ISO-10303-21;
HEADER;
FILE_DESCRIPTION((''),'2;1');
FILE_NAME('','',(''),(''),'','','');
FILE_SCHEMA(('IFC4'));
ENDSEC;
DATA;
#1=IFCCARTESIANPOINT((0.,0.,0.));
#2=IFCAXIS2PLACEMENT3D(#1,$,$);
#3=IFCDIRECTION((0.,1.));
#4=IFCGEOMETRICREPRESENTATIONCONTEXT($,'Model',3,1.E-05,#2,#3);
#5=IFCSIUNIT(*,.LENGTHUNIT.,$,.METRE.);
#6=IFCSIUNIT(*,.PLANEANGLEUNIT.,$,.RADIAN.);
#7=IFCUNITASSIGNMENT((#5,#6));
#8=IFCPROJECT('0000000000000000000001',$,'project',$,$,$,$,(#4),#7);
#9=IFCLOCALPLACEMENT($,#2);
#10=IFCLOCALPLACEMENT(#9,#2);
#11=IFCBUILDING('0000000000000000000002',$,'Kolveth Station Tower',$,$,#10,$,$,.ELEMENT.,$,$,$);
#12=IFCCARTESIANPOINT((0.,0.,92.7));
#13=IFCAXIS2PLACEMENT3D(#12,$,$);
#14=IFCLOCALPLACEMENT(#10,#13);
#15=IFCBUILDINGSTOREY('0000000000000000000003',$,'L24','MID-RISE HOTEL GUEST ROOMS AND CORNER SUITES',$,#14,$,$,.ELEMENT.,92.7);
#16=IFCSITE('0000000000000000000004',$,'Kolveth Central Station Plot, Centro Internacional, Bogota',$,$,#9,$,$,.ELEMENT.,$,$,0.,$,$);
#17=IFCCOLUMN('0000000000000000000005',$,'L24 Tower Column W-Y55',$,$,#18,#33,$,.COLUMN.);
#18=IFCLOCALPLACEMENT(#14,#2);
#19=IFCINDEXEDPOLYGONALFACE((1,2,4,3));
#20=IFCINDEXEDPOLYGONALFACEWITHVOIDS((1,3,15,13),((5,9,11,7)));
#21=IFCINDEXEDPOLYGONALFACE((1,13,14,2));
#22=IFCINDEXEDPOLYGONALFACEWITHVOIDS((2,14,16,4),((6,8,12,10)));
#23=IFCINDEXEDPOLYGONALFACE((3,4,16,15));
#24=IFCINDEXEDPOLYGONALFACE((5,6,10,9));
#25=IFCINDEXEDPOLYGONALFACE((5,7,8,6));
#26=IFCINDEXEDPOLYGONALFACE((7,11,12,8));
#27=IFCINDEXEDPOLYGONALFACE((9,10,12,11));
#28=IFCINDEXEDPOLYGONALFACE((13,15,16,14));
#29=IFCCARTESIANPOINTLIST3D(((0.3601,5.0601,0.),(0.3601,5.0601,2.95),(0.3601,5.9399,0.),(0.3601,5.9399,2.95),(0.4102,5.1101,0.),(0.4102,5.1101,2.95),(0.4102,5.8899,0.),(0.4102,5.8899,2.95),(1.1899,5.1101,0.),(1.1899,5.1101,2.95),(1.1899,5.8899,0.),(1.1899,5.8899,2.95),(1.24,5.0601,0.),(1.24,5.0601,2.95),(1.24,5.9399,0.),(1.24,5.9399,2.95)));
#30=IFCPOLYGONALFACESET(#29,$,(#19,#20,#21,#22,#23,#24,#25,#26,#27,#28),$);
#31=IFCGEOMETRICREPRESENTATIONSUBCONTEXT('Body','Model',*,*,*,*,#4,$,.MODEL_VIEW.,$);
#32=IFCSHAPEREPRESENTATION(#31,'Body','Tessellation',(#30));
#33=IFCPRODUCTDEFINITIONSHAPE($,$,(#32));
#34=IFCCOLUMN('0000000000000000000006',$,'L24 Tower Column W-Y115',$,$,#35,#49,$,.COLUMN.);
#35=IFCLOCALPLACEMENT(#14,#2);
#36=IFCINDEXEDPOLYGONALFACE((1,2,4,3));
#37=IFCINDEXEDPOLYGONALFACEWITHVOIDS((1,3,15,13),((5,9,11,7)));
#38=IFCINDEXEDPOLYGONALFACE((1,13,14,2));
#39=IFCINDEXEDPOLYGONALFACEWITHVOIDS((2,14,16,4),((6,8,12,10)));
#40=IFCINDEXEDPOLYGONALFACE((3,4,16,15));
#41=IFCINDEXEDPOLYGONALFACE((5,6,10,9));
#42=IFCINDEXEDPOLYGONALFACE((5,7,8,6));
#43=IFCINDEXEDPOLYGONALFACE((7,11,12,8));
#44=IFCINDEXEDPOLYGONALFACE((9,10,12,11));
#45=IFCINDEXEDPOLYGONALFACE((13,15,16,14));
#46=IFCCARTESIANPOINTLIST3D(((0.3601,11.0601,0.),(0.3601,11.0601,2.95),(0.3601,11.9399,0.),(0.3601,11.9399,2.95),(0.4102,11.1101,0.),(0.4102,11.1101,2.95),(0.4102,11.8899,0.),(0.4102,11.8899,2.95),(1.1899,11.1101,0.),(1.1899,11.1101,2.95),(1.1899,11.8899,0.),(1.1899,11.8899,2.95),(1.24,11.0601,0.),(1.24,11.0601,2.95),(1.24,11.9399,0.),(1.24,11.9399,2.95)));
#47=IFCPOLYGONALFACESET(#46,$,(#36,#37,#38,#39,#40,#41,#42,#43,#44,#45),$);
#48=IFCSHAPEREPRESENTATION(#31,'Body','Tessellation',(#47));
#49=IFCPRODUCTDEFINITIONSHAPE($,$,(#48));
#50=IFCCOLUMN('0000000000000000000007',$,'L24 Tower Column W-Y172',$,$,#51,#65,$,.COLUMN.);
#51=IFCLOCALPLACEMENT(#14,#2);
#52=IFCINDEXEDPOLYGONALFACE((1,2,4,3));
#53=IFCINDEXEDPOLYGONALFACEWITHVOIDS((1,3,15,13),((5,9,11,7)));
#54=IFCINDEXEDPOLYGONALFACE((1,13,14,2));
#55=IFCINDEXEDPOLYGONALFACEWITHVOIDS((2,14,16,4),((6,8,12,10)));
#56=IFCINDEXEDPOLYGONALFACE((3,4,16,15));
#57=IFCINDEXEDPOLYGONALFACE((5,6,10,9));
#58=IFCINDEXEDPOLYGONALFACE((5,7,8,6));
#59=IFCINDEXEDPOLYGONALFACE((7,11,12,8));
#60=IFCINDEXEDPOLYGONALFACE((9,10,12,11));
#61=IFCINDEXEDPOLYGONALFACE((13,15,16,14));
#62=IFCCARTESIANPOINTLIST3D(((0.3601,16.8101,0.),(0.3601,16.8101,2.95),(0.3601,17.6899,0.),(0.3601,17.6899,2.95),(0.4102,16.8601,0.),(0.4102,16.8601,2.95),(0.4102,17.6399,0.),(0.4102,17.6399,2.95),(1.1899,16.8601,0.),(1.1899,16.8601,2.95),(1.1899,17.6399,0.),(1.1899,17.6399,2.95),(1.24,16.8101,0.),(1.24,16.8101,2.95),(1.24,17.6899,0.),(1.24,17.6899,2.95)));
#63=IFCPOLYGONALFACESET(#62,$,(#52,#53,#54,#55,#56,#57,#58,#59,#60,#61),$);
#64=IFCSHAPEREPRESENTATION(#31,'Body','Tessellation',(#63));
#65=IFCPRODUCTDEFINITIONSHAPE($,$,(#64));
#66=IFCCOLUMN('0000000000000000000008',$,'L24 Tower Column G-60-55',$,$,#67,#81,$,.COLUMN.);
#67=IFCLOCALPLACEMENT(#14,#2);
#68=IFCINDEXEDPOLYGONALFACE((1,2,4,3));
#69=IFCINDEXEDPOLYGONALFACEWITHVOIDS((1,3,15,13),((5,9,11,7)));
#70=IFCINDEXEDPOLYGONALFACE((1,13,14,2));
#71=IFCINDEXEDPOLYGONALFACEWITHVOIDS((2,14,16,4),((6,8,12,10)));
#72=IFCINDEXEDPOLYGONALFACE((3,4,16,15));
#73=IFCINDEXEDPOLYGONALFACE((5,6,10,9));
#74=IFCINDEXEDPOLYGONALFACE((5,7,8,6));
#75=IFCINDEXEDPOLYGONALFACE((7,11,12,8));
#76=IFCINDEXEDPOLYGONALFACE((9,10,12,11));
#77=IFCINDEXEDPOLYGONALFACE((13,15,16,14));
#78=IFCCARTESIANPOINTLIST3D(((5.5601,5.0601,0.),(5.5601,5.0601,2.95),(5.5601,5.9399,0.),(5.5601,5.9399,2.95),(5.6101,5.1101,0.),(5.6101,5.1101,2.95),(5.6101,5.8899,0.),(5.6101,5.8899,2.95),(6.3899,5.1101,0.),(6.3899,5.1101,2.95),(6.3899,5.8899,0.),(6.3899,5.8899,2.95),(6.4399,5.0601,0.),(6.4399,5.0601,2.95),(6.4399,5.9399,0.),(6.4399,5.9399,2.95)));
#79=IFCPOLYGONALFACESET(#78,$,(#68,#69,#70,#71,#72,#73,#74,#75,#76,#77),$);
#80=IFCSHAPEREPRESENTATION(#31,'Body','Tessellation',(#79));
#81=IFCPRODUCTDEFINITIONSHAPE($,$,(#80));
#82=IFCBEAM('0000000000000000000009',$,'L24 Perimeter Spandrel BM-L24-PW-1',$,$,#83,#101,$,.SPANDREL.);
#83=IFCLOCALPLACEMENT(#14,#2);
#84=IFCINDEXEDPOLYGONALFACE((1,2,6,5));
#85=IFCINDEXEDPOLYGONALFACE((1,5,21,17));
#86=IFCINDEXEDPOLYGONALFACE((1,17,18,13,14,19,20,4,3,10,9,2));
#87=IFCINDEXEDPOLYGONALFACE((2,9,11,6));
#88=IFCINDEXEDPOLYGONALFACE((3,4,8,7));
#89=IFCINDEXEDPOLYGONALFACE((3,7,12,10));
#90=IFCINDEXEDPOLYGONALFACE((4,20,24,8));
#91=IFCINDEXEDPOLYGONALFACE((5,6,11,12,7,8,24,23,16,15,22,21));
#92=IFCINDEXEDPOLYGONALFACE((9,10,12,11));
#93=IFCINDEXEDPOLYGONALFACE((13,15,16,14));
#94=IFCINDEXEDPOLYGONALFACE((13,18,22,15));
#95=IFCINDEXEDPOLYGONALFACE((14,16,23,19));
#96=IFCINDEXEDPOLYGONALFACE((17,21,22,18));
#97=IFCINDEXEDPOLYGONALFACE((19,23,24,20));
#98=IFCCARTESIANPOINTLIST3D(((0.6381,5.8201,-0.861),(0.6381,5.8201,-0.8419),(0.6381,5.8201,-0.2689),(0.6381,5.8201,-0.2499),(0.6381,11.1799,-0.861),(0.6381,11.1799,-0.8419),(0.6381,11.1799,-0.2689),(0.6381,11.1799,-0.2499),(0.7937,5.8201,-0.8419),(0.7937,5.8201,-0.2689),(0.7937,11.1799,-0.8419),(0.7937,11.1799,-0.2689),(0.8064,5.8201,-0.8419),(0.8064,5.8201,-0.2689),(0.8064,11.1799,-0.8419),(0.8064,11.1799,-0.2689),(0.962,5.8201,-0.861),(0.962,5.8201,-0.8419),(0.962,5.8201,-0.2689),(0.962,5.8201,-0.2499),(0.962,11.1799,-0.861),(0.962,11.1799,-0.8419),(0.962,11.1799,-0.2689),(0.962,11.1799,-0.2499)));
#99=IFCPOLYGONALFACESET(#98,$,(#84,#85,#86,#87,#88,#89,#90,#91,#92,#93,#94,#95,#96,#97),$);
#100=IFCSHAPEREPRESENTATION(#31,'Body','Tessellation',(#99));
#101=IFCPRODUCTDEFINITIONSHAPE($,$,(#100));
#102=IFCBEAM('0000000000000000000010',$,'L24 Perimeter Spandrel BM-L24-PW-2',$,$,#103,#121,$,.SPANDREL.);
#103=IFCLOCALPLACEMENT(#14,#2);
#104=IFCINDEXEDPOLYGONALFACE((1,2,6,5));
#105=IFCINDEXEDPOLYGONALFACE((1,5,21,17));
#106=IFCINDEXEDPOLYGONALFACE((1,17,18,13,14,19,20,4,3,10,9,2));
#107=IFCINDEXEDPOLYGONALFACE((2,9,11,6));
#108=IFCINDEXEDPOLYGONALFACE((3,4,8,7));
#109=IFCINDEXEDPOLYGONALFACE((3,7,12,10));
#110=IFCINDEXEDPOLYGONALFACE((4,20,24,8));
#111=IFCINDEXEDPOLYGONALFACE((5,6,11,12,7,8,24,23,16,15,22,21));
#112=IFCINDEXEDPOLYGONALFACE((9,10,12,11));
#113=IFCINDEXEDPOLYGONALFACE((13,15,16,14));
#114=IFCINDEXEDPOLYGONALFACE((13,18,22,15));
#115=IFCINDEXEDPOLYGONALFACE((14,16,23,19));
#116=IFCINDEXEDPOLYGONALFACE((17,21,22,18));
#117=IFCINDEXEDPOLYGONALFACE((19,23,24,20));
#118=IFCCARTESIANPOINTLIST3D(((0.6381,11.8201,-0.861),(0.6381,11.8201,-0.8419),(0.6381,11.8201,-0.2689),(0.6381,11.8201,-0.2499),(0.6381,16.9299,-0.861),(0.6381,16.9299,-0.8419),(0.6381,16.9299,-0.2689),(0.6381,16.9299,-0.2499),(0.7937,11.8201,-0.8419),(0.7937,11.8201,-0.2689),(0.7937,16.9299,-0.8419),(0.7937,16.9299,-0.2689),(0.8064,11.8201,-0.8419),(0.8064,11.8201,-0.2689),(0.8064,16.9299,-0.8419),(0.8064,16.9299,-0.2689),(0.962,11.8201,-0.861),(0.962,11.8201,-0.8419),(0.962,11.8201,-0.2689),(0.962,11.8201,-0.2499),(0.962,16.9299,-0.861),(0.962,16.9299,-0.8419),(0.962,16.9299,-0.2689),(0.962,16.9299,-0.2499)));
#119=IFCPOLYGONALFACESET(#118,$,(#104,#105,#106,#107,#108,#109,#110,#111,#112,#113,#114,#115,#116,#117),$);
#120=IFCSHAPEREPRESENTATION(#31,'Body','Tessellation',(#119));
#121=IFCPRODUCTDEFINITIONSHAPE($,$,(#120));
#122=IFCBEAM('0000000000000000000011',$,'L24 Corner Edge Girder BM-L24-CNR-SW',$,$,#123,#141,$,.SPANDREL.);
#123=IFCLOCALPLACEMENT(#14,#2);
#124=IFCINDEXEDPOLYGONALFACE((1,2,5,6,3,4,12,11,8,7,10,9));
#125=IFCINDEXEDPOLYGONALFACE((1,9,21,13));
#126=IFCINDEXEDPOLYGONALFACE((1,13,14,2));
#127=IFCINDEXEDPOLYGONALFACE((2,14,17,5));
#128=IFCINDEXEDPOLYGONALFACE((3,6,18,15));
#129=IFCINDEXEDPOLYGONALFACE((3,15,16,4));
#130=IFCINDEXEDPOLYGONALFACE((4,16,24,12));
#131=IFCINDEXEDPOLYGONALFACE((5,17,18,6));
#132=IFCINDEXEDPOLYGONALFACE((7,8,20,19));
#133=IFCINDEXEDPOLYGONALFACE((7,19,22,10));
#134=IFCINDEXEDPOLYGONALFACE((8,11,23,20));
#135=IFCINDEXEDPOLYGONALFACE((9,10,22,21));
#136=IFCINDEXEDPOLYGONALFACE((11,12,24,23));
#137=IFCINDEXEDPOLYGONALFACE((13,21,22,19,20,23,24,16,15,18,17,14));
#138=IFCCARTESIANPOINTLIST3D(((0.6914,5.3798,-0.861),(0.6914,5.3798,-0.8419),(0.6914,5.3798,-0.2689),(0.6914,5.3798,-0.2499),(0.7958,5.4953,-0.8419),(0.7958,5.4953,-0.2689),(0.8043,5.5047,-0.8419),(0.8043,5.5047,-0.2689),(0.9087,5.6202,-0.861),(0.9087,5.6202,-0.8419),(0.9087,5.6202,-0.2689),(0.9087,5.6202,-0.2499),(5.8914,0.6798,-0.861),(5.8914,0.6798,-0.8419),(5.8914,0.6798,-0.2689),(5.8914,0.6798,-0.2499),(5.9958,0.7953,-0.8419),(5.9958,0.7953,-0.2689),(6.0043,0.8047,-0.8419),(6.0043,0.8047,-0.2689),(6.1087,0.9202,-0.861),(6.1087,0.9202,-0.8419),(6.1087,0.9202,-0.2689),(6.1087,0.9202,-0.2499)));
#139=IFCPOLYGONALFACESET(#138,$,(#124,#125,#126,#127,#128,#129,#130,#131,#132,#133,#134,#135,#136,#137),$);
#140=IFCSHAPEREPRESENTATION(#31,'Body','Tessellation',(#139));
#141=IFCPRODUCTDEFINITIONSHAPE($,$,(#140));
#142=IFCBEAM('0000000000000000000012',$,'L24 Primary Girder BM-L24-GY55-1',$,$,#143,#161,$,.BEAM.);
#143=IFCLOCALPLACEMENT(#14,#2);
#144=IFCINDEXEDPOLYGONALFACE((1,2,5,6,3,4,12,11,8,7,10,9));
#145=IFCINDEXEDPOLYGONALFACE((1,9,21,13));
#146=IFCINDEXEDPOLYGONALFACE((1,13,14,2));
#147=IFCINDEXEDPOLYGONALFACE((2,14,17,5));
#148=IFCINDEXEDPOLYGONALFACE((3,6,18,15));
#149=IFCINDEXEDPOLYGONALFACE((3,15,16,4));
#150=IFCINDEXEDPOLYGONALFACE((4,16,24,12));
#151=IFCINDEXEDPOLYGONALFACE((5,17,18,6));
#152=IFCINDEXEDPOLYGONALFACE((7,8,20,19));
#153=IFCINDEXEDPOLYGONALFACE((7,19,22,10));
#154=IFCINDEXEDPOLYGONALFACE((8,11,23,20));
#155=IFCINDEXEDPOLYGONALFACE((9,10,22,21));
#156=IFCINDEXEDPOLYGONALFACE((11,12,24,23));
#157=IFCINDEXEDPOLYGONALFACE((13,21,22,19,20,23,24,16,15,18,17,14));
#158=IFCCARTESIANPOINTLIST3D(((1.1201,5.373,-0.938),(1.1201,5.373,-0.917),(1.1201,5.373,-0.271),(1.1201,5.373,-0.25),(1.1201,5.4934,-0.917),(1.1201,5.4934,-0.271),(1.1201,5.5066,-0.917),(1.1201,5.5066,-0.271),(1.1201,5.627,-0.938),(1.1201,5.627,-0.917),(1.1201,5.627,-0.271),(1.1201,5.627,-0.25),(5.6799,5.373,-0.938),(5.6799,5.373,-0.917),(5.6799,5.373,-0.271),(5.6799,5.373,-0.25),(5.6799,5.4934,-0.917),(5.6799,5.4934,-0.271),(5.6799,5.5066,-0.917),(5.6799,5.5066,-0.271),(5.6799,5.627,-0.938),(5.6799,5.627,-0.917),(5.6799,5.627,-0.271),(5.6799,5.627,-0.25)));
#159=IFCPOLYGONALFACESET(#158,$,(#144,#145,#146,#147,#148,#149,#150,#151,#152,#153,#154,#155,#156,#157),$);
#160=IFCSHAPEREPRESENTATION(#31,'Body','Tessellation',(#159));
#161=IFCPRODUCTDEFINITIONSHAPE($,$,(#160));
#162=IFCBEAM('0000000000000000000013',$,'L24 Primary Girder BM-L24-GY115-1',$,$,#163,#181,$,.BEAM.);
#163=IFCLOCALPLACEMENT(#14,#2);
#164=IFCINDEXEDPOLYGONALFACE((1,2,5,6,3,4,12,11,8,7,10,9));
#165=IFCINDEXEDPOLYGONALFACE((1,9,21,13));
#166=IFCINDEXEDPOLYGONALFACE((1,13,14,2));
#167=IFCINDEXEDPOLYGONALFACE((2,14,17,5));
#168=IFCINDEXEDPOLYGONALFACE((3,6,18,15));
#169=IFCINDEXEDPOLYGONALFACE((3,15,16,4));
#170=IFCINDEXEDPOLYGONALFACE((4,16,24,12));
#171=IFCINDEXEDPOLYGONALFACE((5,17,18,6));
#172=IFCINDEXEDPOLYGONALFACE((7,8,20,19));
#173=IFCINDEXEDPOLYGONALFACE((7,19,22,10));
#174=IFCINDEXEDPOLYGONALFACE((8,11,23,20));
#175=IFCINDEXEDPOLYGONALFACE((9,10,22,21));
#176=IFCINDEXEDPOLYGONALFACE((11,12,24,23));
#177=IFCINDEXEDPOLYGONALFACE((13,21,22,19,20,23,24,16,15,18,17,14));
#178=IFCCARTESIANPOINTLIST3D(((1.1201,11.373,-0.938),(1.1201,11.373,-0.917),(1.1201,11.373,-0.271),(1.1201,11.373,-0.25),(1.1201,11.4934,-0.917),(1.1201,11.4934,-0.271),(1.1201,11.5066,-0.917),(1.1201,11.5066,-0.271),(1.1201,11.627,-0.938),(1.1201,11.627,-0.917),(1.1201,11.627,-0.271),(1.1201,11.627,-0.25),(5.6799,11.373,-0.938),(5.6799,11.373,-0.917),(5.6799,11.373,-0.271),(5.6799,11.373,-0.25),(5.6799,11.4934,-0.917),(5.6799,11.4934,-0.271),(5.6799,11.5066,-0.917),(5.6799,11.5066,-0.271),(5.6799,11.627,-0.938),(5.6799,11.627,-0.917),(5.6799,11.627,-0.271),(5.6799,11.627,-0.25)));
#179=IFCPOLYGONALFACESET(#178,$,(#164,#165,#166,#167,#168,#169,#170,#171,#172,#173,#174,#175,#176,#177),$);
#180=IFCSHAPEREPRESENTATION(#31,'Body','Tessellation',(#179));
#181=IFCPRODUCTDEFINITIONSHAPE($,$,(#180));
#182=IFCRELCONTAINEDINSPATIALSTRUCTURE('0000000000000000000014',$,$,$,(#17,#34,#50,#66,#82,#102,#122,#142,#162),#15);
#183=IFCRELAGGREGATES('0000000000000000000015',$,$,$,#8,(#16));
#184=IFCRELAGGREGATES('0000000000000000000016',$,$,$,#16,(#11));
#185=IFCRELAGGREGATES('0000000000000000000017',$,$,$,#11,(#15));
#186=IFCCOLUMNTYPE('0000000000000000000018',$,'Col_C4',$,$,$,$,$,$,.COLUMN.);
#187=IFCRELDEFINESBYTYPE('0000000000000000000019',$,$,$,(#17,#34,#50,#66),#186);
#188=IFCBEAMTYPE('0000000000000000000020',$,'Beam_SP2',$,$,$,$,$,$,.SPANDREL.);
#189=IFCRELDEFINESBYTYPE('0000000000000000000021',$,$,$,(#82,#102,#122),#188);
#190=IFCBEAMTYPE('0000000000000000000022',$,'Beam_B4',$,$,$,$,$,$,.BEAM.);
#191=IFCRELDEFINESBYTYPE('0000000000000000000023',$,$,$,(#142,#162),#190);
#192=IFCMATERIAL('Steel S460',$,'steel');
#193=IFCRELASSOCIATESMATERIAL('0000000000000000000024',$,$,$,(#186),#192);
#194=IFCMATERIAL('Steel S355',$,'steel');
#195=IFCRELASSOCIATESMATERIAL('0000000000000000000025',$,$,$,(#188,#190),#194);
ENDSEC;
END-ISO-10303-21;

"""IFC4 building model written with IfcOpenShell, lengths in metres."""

from ifc_helpers import new_model, si_unit, direction, frame, origin, origin_2d, place, context, subcontext, project, spatial, hollow_rectangle, i_section, extrude, source, transform, mapped, material, material_profile, profile_set, type_object, element, save


model = new_model("IFC4")

# Units and contexts
model_context = context("Model", 3, precision=1e-05, world=origin(), true_north=direction((0.0, 1.0)))
body_context = subcontext(model_context, "Body", "Model", "MODEL_VIEW")
ifc_project = project(units=[si_unit("LENGTHUNIT", "METRE"), si_unit("PLANEANGLEUNIT", "RADIAN")], contexts=[model_context])

# Site, building, storey
site_placement = place(None, origin())
site = spatial("IfcSite", under=ifc_project, at=site_placement, Name="Kolveth Central Station Plot, Centro Internacional, Bogota", CompositionType="ELEMENT", RefElevation=0.0)
building_placement = place(site_placement, origin())
building = spatial("IfcBuilding", under=site, at=building_placement, Name="Kolveth Station Tower", CompositionType="ELEMENT")
storey_placement = place(building_placement, frame((0.0, 0.0, 92.7)))
storey = spatial("IfcBuildingStorey", under=building, at=storey_placement, Name="L24", Description="MID-RISE HOTEL GUEST ROOMS AND CORNER SUITES", CompositionType="ELEMENT", Elevation=92.7)

# Columns
ifc_material_1 = material(Name="Steel S460", Category="steel")
ifc_material_profile_1 = material_profile(ifc_material_1, hollow_rectangle(XDim=0.8799, YDim=0.8799, WallThickness=0.05, at=origin_2d()), Name="BOX880x880x50")
ifc_profile_set_1 = profile_set([ifc_material_profile_1], Name="Steel S460")
column_type = type_object("IfcColumnType", Name="Col_C4", PredefinedType="COLUMN", material=ifc_profile_set_1)
shared_shape_1 = source(origin(), body_context, "Body", "SweptSolid", [
    extrude(hollow_rectangle(XDim=0.8799, YDim=0.8799, WallThickness=0.05, at=origin_2d()), origin(), (0.0, 0.0, 1.0), 2.95),
])
for number, where, z_axis, x_axis, name in (
    (1, (0.8, 5.5, 0.0), (0.0, 0.0, 1.0), (1.0, 0.0, 0.0), "L24 Tower Column W-Y55"),
    (2, (0.8, 11.5, 0.0), (0.0, 0.0, 1.0), (1.0, 0.0, 0.0), "L24 Tower Column W-Y115"),
    (3, (0.8, 17.25, 0.0), (0.0, 0.0, 1.0), (1.0, 0.0, 0.0), "L24 Tower Column W-Y172"),
    (4, (6.0, 5.5, 0.0), (0.0, 0.0, 1.0), (1.0, 0.0, 0.0), "L24 Tower Column G-60-55"),
):
    element("IfcColumn", number, at=place(storey_placement, frame(where, z_axis=z_axis, x_axis=x_axis)), inside=storey, type_object=column_type, Name=name, PredefinedType="COLUMN", context=body_context, shape_type="MappedRepresentation", body=[
        mapped(shared_shape_1, transform((0.0, 0.0, 0.0), x_axis=(1.0, 0.0, 0.0), y_axis=(0.0, 1.0, 0.0), z_axis=(0.0, 0.0, 1.0), scale=1.0)),
    ])

# Beams
ifc_material_2 = material(Name="Steel S355", Category="steel")
ifc_material_profile_2 = material_profile(ifc_material_2, i_section(OverallWidth=0.324, OverallDepth=0.6111, WebThickness=0.0127, FlangeThickness=0.019, at=origin_2d()), Name="W610x155")
ifc_profile_set_2 = profile_set([ifc_material_profile_2], Name="Steel S355")
beam_type_1 = type_object("IfcBeamType", Name="Beam_SP2", PredefinedType="SPANDREL", material=ifc_profile_set_2)
shared_shape_2 = source(origin(), body_context, "Body", "SweptSolid", [
    extrude(i_section(OverallWidth=0.324, OverallDepth=0.6111, WebThickness=0.0127, FlangeThickness=0.019, at=origin_2d()), origin(), (0.0, 0.0, 1.0), 5.3599),
])
beam_1_placement = place(storey_placement, frame((0.8, 5.8201, -0.5554), z_axis=(0.0, 1.0, 0.0), x_axis=(-1.0, 0.0, 0.0)))
element("IfcBeam", 5, at=beam_1_placement, inside=storey, type_object=beam_type_1, Name="L24 Perimeter Spandrel BM-L24-PW-1", PredefinedType="SPANDREL", context=body_context, shape_type="MappedRepresentation", body=[
    mapped(shared_shape_2, transform((0.0, 0.0, 0.0), x_axis=(1.0, 0.0, 0.0), y_axis=(0.0, 1.0, 0.0), z_axis=(0.0, 0.0, 1.0), scale=1.0)),
])
shared_shape_3 = source(origin(), body_context, "Body", "SweptSolid", [
    extrude(i_section(OverallWidth=0.324, OverallDepth=0.6111, WebThickness=0.0127, FlangeThickness=0.019, at=origin_2d()), origin(), (0.0, 0.0, 1.0), 5.1099),
])
beam_2_placement = place(storey_placement, frame((0.8, 11.8201, -0.5554), z_axis=(0.0, 1.0, 0.0), x_axis=(-1.0, 0.0, 0.0)))
element("IfcBeam", 6, at=beam_2_placement, inside=storey, type_object=beam_type_1, Name="L24 Perimeter Spandrel BM-L24-PW-2", PredefinedType="SPANDREL", context=body_context, shape_type="MappedRepresentation", body=[
    mapped(shared_shape_3, transform((0.0, 0.0, 0.0), x_axis=(1.0, 0.0, 0.0), y_axis=(0.0, 1.0, 0.0), z_axis=(0.0, 0.0, 1.0), scale=1.0)),
])
shared_shape_4 = source(origin(), body_context, "Body", "SweptSolid", [
    extrude(i_section(OverallWidth=0.324, OverallDepth=0.6111, WebThickness=0.0127, FlangeThickness=0.019, at=origin_2d()), origin(), (0.0, 0.0, 1.0), 7.0093),
])
beam_3_placement = place(storey_placement, frame((0.8, 5.5, -0.5554), z_axis=(0.741874, -0.670539, 0.0), x_axis=(0.670539, 0.741874, 0.0)))
element("IfcBeam", 7, at=beam_3_placement, inside=storey, type_object=beam_type_1, Name="L24 Corner Edge Girder BM-L24-CNR-SW", PredefinedType="SPANDREL", context=body_context, shape_type="MappedRepresentation", body=[
    mapped(shared_shape_4, transform((0.0, 0.0, 0.0), x_axis=(1.0, 0.0, 0.0), y_axis=(0.0, 1.0, 0.0), z_axis=(0.0, 0.0, 1.0), scale=1.0)),
])
ifc_material_profile_3 = material_profile(ifc_material_2, i_section(OverallWidth=0.2539, OverallDepth=0.688, WebThickness=0.0132, FlangeThickness=0.021, at=origin_2d()), Name="W690x152")
ifc_profile_set_3 = profile_set([ifc_material_profile_3], Name="Steel S355")
beam_type_2 = type_object("IfcBeamType", Name="Beam_B4", PredefinedType="BEAM", material=ifc_profile_set_3)
shared_shape_5 = source(origin(), body_context, "Body", "SweptSolid", [
    extrude(i_section(OverallWidth=0.2539, OverallDepth=0.688, WebThickness=0.0132, FlangeThickness=0.021, at=origin_2d()), origin(), (0.0, 0.0, 1.0), 4.5598),
])
for number, where, z_axis, x_axis, name in (
    (8, (1.1201, 5.5, -0.594), (1.0, 0.0, 0.0), (0.0, 1.0, 0.0), "L24 Primary Girder BM-L24-GY55-1"),
    (9, (1.1201, 11.5, -0.594), (1.0, 0.0, 0.0), (0.0, 1.0, 0.0), "L24 Primary Girder BM-L24-GY115-1"),
):
    element("IfcBeam", number, at=place(storey_placement, frame(where, z_axis=z_axis, x_axis=x_axis)), inside=storey, type_object=beam_type_2, Name=name, PredefinedType="BEAM", context=body_context, shape_type="MappedRepresentation", body=[
        mapped(shared_shape_5, transform((0.0, 0.0, 0.0), x_axis=(1.0, 0.0, 0.0), y_axis=(0.0, 1.0, 0.0), z_axis=(0.0, 0.0, 1.0), scale=1.0)),
    ])

save(model, "model.ifc")
